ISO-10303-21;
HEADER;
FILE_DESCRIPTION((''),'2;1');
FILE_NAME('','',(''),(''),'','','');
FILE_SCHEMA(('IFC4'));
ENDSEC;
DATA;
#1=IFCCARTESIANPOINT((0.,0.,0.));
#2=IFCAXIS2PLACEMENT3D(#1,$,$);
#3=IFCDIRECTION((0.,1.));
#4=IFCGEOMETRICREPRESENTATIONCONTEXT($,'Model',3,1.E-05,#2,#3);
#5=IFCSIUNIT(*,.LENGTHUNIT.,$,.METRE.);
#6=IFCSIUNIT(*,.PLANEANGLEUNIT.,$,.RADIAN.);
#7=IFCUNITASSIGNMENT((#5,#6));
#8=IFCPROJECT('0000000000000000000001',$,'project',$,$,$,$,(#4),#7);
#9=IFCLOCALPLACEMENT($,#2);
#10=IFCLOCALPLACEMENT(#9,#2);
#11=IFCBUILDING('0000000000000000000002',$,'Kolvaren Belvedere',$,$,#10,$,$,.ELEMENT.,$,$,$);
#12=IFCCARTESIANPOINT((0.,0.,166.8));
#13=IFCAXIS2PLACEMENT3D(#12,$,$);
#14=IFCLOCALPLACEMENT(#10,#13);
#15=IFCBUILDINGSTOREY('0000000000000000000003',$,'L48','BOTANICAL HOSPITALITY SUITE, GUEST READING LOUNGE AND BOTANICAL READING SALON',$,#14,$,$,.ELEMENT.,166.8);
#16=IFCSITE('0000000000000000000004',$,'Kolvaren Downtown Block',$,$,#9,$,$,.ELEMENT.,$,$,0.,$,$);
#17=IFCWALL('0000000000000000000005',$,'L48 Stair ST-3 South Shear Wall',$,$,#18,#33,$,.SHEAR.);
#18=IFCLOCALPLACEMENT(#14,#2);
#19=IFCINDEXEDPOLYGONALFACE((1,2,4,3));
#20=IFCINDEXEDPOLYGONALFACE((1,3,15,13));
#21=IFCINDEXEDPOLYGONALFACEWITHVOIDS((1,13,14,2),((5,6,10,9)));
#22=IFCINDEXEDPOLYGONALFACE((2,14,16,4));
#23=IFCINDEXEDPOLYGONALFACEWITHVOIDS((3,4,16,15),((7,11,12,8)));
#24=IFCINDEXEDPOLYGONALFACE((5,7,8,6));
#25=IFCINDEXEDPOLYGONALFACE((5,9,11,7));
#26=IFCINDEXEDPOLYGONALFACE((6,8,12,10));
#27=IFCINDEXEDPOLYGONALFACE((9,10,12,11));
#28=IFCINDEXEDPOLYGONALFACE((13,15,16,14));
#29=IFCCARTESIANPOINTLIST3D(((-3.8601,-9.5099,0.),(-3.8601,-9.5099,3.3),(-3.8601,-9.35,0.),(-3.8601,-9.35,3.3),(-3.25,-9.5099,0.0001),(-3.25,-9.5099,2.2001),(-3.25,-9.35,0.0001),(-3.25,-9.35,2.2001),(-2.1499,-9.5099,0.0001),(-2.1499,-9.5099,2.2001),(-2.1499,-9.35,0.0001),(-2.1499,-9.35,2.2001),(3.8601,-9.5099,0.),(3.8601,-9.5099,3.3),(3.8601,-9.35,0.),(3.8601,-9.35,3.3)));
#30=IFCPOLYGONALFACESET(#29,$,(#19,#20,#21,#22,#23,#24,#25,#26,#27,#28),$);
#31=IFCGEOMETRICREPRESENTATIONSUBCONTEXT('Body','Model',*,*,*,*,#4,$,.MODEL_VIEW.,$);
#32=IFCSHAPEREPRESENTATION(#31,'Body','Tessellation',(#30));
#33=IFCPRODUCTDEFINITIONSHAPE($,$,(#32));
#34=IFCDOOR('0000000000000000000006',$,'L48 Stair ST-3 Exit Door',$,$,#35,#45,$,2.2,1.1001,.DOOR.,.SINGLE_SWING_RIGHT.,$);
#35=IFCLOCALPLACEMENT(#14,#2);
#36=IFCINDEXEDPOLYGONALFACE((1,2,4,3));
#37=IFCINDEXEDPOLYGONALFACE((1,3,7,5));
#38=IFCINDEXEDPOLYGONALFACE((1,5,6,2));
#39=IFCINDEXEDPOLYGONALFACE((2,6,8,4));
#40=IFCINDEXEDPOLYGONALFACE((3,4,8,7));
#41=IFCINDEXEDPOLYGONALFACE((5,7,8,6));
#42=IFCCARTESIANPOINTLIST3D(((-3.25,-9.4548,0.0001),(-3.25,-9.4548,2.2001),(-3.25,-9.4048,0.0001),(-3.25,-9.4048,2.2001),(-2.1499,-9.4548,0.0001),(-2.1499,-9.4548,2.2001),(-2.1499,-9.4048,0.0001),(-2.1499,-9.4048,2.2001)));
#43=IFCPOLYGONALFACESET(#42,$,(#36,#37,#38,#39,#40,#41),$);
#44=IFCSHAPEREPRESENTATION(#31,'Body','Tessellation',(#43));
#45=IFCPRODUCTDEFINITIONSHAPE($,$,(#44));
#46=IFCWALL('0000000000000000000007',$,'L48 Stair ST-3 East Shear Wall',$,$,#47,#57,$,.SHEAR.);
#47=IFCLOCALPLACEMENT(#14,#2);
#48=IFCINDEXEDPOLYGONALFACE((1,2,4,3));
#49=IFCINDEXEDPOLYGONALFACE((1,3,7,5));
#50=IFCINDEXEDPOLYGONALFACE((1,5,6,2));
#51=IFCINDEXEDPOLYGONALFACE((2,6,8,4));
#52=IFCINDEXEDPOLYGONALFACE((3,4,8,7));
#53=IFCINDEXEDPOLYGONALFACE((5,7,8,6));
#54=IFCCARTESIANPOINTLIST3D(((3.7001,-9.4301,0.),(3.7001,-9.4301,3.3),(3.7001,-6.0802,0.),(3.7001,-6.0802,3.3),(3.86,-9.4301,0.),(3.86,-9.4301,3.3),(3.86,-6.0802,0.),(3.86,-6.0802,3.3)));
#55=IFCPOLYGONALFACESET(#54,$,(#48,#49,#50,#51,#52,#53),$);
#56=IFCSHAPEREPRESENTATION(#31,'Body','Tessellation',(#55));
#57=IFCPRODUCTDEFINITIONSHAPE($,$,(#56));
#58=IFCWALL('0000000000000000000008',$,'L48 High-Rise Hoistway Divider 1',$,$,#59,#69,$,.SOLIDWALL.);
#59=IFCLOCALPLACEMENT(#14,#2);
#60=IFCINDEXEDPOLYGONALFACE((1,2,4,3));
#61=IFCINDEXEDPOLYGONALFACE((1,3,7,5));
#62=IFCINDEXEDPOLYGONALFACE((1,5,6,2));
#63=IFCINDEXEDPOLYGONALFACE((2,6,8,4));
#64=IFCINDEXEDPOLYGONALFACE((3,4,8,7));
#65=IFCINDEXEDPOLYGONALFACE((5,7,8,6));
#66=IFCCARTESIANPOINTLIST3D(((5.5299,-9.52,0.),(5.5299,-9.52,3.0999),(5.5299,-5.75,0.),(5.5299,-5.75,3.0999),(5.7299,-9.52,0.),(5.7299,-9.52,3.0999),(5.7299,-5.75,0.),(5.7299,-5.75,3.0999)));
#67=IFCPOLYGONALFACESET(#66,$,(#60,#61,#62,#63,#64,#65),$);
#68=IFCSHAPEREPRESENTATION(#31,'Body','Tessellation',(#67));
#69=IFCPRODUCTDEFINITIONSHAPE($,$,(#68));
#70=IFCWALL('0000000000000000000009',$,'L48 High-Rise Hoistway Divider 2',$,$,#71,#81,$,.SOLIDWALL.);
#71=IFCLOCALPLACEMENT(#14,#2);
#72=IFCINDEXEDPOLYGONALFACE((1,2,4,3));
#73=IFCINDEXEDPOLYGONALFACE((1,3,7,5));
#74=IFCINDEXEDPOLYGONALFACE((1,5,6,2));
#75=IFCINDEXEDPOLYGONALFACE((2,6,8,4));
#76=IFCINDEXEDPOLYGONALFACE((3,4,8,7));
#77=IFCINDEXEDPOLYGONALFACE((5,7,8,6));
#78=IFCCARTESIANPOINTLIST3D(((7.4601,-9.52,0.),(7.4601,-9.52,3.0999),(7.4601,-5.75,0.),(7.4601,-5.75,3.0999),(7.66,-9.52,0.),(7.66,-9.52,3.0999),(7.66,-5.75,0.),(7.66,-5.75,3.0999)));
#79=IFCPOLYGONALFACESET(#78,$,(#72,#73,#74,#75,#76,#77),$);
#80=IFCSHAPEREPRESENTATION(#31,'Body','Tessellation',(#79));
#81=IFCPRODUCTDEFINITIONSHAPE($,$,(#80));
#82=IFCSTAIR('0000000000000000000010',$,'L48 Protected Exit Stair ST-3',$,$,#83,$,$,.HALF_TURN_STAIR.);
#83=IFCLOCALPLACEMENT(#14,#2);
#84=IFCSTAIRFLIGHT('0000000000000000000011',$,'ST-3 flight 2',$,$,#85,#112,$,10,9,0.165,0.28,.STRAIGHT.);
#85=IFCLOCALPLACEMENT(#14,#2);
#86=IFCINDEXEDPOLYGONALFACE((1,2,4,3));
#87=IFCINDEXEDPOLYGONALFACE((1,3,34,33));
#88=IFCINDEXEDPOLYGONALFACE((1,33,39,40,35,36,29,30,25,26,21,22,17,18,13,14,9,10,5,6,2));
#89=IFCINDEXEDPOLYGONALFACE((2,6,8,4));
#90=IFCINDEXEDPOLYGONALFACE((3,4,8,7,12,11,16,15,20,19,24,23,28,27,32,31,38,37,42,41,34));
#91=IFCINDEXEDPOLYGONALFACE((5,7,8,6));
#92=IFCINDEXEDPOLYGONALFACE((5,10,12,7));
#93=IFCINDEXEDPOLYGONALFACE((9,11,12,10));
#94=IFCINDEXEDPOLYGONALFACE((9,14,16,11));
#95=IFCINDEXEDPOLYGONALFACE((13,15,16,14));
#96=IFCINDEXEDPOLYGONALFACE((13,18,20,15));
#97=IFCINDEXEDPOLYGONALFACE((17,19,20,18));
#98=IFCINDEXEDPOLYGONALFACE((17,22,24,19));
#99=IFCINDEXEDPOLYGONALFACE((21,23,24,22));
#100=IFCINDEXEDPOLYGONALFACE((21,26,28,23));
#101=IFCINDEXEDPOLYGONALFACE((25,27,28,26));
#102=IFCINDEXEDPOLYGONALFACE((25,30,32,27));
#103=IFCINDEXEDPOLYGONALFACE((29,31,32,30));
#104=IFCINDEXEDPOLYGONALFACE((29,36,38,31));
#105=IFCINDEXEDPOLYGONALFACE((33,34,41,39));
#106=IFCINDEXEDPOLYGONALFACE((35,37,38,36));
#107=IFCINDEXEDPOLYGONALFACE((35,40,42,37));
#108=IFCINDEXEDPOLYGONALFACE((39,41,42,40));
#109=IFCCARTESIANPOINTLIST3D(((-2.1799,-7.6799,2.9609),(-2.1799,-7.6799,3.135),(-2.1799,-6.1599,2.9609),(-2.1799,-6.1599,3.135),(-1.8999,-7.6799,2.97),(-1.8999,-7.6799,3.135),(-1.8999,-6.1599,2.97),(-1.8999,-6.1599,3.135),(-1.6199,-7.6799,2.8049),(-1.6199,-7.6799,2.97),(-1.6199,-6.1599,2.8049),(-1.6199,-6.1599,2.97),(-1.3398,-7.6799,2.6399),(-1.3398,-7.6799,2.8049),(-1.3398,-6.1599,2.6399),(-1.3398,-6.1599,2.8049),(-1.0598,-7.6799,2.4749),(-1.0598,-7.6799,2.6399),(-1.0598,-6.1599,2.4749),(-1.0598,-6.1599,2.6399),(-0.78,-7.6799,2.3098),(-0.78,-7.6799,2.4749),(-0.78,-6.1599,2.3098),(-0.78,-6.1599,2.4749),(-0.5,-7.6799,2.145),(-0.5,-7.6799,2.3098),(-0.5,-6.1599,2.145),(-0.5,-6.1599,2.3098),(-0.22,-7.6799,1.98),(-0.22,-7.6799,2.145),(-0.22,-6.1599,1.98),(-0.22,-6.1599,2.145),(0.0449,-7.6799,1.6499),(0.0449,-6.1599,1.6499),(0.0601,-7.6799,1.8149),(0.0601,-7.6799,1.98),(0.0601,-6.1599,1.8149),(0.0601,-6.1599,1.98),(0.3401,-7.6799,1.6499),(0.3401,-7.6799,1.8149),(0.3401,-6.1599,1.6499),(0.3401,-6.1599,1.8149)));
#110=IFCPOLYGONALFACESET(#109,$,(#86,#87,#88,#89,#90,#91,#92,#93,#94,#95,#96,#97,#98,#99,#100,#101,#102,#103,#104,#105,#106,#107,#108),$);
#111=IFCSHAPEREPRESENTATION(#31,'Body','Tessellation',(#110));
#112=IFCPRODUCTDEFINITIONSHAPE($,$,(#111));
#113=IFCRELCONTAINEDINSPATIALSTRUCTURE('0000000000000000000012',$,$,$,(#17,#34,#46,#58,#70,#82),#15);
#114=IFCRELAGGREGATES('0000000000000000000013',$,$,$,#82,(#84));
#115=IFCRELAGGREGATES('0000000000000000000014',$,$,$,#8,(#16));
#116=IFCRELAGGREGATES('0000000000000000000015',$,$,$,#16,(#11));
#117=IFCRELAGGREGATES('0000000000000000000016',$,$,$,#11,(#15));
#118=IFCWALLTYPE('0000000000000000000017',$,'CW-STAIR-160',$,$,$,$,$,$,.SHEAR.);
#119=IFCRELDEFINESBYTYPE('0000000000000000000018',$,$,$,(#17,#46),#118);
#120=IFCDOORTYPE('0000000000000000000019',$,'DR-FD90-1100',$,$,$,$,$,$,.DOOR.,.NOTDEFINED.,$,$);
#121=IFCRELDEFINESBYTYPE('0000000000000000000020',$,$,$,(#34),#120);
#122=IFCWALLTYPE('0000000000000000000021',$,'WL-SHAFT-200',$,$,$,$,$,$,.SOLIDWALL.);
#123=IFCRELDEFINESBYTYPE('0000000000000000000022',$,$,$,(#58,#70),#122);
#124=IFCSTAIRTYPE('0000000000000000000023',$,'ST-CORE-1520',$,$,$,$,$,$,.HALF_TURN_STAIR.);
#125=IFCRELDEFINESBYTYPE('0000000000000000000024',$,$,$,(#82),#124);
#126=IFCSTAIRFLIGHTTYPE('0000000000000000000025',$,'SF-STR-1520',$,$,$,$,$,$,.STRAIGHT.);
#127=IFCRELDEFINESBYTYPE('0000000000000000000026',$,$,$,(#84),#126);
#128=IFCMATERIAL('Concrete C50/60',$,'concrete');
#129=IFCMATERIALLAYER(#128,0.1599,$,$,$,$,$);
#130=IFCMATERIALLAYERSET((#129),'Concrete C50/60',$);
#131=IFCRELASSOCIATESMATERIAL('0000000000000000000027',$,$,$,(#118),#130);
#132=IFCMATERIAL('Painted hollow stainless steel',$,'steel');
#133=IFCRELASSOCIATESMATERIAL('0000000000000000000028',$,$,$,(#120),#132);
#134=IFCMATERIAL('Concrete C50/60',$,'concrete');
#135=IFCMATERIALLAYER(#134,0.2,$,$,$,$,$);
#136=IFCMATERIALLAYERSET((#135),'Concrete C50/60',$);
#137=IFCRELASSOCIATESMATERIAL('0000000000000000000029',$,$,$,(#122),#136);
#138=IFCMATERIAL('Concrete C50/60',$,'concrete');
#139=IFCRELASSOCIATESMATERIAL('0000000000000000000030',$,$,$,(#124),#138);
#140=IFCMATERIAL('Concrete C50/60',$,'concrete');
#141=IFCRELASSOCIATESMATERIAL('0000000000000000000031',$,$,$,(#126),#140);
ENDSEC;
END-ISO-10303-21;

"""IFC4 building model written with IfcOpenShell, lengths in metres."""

from ifc_helpers import new_model, si_unit, direction, frame, frame_2d, origin, place, context, subcontext, project, spatial, polyline, rectangle, outline, extrude, material, layer, layer_set, type_object, element, fill, aggregate, save


model = new_model("IFC4")

# Units and contexts
model_context = context("Model", 3, precision=1e-05, world=origin(), true_north=direction((0.0, 1.0)))
body_context = subcontext(model_context, "Body", "Model", "MODEL_VIEW")
ifc_project = project(units=[si_unit("LENGTHUNIT", "METRE"), si_unit("PLANEANGLEUNIT", "RADIAN")], contexts=[model_context])

# Site, building, storey
site_placement = place(None, origin())
site = spatial("IfcSite", under=ifc_project, at=site_placement, Name="Kolvaren Downtown Block", CompositionType="ELEMENT", RefElevation=0.0)
building_placement = place(site_placement, origin())
building = spatial("IfcBuilding", under=site, at=building_placement, Name="Kolvaren Belvedere", CompositionType="ELEMENT")
storey_placement = place(building_placement, frame((0.0, 0.0, 166.8)))
storey = spatial("IfcBuildingStorey", under=building, at=storey_placement, Name="L48", Description="BOTANICAL HOSPITALITY SUITE, GUEST READING LOUNGE AND BOTANICAL READING SALON", CompositionType="ELEMENT", Elevation=166.8)

# Wall, opening, door
ifc_material_1 = material(Name="Concrete C50/60", Category="concrete")
ifc_layer_1 = layer(ifc_material_1, 0.1599)
ifc_layer_set_1 = layer_set([ifc_layer_1], Name="Concrete C50/60")
wall_type_1 = type_object("IfcWallType", Name="CW-STAIR-160", PredefinedType="SHEAR", material=ifc_layer_set_1)
wall_1_placement = place(storey_placement, frame((3.8601, -9.4299, 0.0), z_axis=(0.0, 0.0, 1.0), x_axis=(-1.0, 0.0, 0.0)))
wall_1 = element("IfcWall", 1, at=wall_1_placement, inside=storey, type_object=wall_type_1, Name="L48 Stair ST-3 South Shear Wall", PredefinedType="SHEAR", context=body_context, shape_type="SweptSolid", body=[
    extrude(rectangle(XDim=7.7202, YDim=0.1599, at=frame_2d((3.8601, 0.0))), origin(), (0.0, 0.0, 1.0), 3.3),
])
opening_placement = place(wall_1_placement, frame((6.01, 0.0, 0.0)))
opening = element("IfcOpeningElement", 2, at=opening_placement, cuts=wall_1, PredefinedType="OPENING", context=body_context, shape_type="SweptSolid", body=[
    extrude(rectangle(XDim=1.1001, YDim=2.2, at=frame_2d((0.55, 1.1001))), frame((0.0, 0.0898, 0.0), z_axis=(0.0, -1.0, 0.0), x_axis=(1.0, 0.0, 0.0)), (0.0, 0.0, 1.0), 0.1799),
])
ifc_material_2 = material(Name="Painted hollow stainless steel", Category="steel")
door_type = type_object("IfcDoorType", Name="DR-FD90-1100", OperationType="NOTDEFINED", PredefinedType="DOOR", material=ifc_material_2)
door_placement = place(opening_placement, origin())
door = element("IfcDoor", 3, at=door_placement, inside=storey, type_object=door_type, Name="L48 Stair ST-3 Exit Door", OperationType="SINGLE_SWING_RIGHT", OverallHeight=2.2, OverallWidth=1.1001, PredefinedType="DOOR", context=body_context, shape_type="SweptSolid", body=[
    extrude(rectangle(XDim=1.1001, YDim=2.2, at=frame_2d((0.55, 1.1001))), frame((0.0, 0.0249, 0.0), z_axis=(0.0, -1.0, 0.0), x_axis=(1.0, 0.0, 0.0)), (0.0, 0.0, 1.0), 0.05),
])
fill(opening, door)

# Walls
wall_2_placement = place(storey_placement, frame((3.78, -9.4299, 0.0), z_axis=(0.0, 0.0, 1.0), x_axis=(0.0, 1.0, 0.0)))
element("IfcWall", 4, at=wall_2_placement, inside=storey, type_object=wall_type_1, Name="L48 Stair ST-3 East Shear Wall", PredefinedType="SHEAR", context=body_context, shape_type="SweptSolid", body=[
    extrude(rectangle(XDim=3.3499, YDim=0.1599, at=frame_2d((1.6748, 0.0))), origin(), (0.0, 0.0, 1.0), 3.3),
])
ifc_material_3 = material(Name="Concrete C50/60", Category="concrete")
ifc_layer_2 = layer(ifc_material_3, 0.2)
ifc_layer_set_2 = layer_set([ifc_layer_2], Name="Concrete C50/60")
wall_type_2 = type_object("IfcWallType", Name="WL-SHAFT-200", PredefinedType="SOLIDWALL", material=ifc_layer_set_2)
for number, where, z_axis, x_axis, name in (
    (5, (5.6299, -9.52, 0.0), (0.0, 0.0, 1.0), (0.0, 1.0, 0.0), "L48 High-Rise Hoistway Divider 1"),
    (6, (7.5601, -9.52, 0.0), (0.0, 0.0, 1.0), (0.0, 1.0, 0.0), "L48 High-Rise Hoistway Divider 2"),
):
    element("IfcWall", number, at=place(storey_placement, frame(where, z_axis=z_axis, x_axis=x_axis)), inside=storey, type_object=wall_type_2, Name=name, PredefinedType="SOLIDWALL", context=body_context, shape_type="SweptSolid", body=[
        extrude(rectangle(XDim=3.77, YDim=0.2, at=frame_2d((1.885, 0.0))), origin(), (0.0, 0.0, 1.0), 3.0999),
    ])

# Stair, stair flight
ifc_material_4 = material(Name="Concrete C50/60", Category="concrete")
stair_type = type_object("IfcStairType", Name="ST-CORE-1520", PredefinedType="HALF_TURN_STAIR", material=ifc_material_4)
stair_placement = place(storey_placement, origin())
stair = element("IfcStair", 7, at=stair_placement, inside=storey, type_object=stair_type, Name="L48 Protected Exit Stair ST-3", PredefinedType="HALF_TURN_STAIR")
ifc_material_5 = material(Name="Concrete C50/60", Category="concrete")
stair_flight_type = type_object("IfcStairFlightType", Name="SF-STR-1520", PredefinedType="STRAIGHT", material=ifc_material_5)
stair_flight_placement = place(storey_placement, frame((0.3401, -6.9199, 1.6499), z_axis=(0.0, 0.0, 1.0), x_axis=(-1.0, 0.0, 0.0)))
stair_flight = element("IfcStairFlight", 8, at=stair_flight_placement, type_object=stair_flight_type, Name="ST-3 flight 2", NumberOfRisers=10, NumberOfTreads=9, PredefinedType="STRAIGHT", RiserHeight=0.165, TreadLength=0.28, context=body_context, shape_type="SweptSolid", body=[
    extrude(outline(polyline([(0.0, 0.0), (0.0, 0.165), (0.28, 0.165), (0.28, 0.3301), (0.5601, 0.3301), (0.5601, 0.4951), (0.8401, 0.4951), (0.8401, 0.6599), (1.1201, 0.6599), (1.1201, 0.825), (1.3999, 0.825), (1.3999, 0.99), (1.6799, 0.99), (1.6799, 1.155), (1.96, 1.155), (1.96, 1.3201), (2.24, 1.3201), (2.24, 1.4851), (2.52, 1.4851), (2.52, 1.6499), (2.52, 1.311), (0.2952, 0.0), (0.0, 0.0)])), frame((0.0, 0.76, 0.0), z_axis=(0.0, -1.0, 0.0), x_axis=(1.0, 0.0, 0.0)), (0.0, 0.0, 1.0), 1.52),
])
aggregate(stair, [stair_flight])

save(model, "model.ifc")
